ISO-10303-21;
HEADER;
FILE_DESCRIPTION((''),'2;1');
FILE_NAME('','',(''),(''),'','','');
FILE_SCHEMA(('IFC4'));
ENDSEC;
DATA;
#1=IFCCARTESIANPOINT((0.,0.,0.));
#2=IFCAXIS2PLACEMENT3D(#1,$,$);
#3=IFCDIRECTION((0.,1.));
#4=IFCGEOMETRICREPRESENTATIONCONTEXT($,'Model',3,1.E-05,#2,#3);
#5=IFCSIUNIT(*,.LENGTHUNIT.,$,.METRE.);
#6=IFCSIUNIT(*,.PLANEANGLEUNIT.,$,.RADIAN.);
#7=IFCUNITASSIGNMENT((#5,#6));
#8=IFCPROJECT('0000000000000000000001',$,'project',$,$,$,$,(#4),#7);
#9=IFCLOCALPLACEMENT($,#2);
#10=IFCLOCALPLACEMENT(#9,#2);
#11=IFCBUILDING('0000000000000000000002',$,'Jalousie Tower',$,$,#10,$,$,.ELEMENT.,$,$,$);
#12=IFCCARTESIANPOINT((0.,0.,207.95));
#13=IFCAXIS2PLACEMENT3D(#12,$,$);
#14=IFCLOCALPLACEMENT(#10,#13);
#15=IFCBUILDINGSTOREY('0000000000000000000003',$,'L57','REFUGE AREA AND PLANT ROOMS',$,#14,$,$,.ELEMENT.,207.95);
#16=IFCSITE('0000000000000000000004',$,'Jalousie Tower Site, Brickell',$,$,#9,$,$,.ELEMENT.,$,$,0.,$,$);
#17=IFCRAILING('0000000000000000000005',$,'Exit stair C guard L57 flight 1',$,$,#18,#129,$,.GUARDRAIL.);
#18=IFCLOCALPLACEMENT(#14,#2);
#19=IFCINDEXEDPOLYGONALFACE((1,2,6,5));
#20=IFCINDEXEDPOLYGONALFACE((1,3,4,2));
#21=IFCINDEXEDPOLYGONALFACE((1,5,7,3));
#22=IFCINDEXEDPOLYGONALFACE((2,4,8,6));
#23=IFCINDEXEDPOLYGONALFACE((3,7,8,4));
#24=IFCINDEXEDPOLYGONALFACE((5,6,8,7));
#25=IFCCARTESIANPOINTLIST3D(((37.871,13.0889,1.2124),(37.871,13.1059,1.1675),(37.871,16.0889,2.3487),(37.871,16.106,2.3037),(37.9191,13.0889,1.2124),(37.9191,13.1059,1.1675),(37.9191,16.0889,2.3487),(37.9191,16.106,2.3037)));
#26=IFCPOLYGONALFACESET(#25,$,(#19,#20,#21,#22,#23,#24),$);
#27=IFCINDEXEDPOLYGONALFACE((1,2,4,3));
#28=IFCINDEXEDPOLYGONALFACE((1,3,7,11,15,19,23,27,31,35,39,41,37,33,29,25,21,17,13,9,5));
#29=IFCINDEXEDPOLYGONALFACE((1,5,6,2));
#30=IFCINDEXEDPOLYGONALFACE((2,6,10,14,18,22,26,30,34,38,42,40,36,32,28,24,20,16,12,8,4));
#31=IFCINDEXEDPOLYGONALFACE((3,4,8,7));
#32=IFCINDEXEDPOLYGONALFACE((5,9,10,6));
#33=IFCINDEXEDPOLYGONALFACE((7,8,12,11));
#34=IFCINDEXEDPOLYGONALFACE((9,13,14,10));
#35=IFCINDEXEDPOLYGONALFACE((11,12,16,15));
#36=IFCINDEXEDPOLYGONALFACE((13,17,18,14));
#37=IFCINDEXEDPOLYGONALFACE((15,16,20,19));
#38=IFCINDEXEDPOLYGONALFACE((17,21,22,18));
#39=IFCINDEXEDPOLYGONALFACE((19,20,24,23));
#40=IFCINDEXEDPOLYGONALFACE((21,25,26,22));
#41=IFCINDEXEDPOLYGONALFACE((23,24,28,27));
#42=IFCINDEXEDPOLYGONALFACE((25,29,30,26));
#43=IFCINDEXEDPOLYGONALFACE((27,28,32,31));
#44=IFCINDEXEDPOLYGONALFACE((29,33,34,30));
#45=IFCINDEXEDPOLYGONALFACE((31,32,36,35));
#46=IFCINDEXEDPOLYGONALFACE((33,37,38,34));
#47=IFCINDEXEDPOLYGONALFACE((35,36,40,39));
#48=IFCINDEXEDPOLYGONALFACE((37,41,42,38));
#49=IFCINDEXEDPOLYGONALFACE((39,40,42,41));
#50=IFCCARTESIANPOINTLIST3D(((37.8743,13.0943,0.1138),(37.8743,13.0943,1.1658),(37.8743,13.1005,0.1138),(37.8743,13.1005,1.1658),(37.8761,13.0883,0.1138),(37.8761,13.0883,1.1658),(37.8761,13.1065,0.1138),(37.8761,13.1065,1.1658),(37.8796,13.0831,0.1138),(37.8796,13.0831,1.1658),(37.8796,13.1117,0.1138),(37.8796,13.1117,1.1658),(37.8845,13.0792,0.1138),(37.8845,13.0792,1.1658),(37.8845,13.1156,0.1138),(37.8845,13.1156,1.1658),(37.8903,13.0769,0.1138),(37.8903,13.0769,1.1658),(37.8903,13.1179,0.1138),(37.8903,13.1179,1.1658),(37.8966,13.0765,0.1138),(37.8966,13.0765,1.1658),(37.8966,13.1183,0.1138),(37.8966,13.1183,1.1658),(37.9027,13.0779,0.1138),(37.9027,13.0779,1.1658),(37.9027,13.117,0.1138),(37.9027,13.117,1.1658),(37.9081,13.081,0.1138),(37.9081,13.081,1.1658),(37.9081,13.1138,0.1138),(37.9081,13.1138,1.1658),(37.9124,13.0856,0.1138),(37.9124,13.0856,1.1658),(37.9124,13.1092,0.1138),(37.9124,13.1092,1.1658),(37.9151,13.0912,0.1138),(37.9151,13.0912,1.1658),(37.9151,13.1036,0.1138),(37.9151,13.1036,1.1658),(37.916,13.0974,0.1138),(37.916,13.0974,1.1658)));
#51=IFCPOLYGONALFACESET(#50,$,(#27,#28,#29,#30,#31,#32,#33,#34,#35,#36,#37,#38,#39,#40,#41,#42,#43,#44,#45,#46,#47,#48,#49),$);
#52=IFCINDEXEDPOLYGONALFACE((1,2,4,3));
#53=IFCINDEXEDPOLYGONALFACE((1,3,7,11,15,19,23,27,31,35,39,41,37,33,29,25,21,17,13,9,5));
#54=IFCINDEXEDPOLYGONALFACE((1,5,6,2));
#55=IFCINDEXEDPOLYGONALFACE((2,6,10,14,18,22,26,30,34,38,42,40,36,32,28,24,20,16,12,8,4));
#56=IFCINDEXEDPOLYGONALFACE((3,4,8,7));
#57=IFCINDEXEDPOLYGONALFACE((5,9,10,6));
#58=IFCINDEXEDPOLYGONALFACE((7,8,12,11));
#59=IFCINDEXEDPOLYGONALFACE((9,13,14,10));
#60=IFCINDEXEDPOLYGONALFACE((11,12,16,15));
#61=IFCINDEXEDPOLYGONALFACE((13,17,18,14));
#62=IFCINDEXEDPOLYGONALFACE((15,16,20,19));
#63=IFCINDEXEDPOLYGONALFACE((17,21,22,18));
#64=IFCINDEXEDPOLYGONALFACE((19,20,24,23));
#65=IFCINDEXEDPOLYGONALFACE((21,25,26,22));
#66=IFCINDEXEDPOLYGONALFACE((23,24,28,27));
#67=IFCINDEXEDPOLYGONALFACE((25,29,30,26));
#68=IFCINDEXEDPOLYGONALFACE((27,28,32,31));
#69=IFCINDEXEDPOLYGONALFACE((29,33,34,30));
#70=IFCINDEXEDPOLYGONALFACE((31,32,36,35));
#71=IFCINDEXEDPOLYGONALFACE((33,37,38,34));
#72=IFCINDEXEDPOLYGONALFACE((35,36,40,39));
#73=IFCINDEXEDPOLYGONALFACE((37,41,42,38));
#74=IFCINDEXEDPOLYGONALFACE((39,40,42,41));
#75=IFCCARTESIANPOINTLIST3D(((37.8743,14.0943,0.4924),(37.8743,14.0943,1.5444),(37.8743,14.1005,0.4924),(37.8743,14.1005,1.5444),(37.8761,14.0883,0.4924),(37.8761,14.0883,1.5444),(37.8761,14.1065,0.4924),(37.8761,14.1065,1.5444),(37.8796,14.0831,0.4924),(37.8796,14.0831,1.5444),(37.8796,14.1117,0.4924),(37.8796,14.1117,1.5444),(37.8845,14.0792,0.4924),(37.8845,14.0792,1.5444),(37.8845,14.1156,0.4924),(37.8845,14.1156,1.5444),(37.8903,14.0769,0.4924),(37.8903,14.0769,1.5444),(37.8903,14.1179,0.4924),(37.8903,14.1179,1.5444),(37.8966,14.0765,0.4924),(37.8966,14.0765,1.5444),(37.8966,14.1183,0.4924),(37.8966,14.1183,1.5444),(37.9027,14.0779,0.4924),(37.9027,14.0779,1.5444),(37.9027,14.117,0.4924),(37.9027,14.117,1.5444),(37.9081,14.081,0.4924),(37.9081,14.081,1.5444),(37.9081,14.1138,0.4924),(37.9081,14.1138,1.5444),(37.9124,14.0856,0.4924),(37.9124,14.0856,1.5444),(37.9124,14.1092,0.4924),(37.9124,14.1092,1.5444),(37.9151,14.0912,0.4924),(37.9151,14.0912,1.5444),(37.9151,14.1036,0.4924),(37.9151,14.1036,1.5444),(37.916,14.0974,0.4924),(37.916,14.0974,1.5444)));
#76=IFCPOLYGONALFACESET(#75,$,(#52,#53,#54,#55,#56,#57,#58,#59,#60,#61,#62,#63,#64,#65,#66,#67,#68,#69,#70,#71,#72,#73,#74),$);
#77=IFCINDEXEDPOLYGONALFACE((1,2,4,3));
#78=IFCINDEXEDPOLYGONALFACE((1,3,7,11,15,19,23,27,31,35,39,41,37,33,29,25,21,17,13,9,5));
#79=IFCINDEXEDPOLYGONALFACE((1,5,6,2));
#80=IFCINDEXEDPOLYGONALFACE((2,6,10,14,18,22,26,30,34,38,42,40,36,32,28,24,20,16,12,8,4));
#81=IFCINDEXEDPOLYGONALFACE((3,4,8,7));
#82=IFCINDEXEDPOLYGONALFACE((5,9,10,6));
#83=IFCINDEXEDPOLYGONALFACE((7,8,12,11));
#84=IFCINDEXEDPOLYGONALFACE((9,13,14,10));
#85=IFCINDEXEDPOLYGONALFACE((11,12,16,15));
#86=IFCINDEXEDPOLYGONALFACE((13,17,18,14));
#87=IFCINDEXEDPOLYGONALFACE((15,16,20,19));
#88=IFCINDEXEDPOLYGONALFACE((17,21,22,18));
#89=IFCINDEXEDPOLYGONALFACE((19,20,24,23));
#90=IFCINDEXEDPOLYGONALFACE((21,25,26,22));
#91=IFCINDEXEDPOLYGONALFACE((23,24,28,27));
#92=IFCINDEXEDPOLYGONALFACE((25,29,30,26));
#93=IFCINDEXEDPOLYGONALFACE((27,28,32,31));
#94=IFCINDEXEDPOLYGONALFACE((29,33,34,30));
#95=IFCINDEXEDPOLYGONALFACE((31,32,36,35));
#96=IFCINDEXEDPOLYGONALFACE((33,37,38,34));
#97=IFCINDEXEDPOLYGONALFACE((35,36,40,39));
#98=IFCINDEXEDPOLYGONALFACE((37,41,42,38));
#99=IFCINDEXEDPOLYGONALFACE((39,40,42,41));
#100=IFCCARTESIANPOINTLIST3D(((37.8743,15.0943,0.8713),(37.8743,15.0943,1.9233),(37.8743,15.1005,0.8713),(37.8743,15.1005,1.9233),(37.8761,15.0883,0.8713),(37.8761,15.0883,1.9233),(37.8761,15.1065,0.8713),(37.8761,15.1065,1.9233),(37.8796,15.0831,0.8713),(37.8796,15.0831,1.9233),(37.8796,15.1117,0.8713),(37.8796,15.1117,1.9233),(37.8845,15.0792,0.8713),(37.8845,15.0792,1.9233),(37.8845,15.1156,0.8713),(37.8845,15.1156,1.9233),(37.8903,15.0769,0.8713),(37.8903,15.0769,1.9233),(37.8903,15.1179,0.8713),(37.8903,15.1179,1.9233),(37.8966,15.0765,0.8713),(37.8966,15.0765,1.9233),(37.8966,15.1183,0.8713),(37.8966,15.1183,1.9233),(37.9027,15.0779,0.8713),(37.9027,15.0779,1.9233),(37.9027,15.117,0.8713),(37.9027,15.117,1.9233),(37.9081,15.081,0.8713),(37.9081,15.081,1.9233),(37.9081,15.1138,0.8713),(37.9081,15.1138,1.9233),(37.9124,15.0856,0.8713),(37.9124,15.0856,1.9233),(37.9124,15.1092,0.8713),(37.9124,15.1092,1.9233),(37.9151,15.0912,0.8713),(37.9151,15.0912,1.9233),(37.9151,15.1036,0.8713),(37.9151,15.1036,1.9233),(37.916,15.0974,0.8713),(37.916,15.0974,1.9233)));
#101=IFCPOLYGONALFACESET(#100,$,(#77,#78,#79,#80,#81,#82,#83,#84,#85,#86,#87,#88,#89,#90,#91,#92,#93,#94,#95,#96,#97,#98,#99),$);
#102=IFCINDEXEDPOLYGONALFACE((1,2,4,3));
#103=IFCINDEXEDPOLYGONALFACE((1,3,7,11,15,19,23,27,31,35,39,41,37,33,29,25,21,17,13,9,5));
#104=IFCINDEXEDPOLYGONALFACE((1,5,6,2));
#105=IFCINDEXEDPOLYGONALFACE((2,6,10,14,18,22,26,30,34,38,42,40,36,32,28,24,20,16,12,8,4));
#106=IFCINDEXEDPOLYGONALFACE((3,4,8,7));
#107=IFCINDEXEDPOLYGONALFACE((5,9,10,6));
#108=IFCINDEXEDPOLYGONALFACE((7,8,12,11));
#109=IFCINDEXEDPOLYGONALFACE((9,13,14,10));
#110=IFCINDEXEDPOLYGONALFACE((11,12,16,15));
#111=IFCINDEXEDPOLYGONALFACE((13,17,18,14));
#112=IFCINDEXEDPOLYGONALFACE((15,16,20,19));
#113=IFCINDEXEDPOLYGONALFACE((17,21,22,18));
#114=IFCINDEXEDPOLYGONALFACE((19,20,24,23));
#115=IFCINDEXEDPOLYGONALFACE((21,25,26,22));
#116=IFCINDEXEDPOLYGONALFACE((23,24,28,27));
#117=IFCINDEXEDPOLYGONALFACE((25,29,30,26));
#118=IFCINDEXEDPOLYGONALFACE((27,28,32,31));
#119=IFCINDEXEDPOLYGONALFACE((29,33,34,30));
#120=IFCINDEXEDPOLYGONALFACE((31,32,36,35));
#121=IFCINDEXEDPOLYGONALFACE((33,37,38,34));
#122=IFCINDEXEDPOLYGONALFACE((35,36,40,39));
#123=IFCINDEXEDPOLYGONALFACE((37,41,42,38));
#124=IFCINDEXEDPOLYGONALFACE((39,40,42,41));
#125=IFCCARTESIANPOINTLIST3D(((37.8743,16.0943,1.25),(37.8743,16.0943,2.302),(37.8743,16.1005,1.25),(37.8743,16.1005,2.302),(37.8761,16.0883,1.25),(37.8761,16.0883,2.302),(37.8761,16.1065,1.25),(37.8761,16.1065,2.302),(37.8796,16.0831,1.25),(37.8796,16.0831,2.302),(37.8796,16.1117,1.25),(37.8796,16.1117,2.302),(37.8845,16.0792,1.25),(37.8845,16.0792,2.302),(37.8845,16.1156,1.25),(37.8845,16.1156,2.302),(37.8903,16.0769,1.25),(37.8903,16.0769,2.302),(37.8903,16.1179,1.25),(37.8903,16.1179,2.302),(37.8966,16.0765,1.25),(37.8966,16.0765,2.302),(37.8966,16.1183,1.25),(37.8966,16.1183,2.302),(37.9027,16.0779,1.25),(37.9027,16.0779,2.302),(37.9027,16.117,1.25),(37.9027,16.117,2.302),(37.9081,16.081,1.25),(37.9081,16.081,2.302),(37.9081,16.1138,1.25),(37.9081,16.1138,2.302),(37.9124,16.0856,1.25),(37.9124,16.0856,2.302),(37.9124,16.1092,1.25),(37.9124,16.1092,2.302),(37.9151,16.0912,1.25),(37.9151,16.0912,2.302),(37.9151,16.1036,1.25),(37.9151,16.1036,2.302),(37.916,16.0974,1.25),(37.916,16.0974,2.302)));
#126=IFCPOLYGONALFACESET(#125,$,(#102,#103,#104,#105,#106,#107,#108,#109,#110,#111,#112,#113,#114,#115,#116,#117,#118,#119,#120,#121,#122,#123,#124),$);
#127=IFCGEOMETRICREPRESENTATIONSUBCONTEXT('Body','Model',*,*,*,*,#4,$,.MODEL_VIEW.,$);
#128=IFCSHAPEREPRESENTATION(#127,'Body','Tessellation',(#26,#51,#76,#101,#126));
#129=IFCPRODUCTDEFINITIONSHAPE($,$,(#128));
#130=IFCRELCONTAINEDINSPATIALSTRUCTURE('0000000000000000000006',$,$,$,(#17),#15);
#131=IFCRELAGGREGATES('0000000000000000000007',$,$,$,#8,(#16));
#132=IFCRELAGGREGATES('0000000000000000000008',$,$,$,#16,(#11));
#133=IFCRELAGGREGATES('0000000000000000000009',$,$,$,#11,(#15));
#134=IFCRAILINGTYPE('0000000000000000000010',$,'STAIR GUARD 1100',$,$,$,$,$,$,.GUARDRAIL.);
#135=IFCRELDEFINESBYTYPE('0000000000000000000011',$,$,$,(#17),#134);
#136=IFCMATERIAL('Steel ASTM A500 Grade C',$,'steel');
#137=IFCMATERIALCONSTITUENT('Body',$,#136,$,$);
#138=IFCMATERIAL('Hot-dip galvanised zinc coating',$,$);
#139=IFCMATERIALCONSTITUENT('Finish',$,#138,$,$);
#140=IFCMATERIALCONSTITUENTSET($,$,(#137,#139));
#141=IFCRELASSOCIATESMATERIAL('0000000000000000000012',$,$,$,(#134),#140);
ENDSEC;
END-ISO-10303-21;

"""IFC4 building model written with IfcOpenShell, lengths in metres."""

from ifc_helpers import new_model, si_unit, direction, frame, origin, origin_2d, place, context, subcontext, project, spatial, rectangle, circle, extrude, material, constituent, constituent_set, type_object, element, save


model = new_model("IFC4")

# Units and contexts
model_context = context("Model", 3, precision=1e-05, world=origin(), true_north=direction((0.0, 1.0)))
body_context = subcontext(model_context, "Body", "Model", "MODEL_VIEW")
ifc_project = project(units=[si_unit("LENGTHUNIT", "METRE"), si_unit("PLANEANGLEUNIT", "RADIAN")], contexts=[model_context])

# Site, building, storey
site_placement = place(None, origin())
site = spatial("IfcSite", under=ifc_project, at=site_placement, Name="Jalousie Tower Site, Brickell", CompositionType="ELEMENT", RefElevation=0.0)
building_placement = place(site_placement, origin())
building = spatial("IfcBuilding", under=site, at=building_placement, Name="Jalousie Tower", CompositionType="ELEMENT")
storey_placement = place(building_placement, frame((0.0, 0.0, 207.95)))
storey = spatial("IfcBuildingStorey", under=building, at=storey_placement, Name="L57", Description="REFUGE AREA AND PLANT ROOMS", CompositionType="ELEMENT", Elevation=207.95)

# Railing
ifc_material_1 = material(Name="Steel ASTM A500 Grade C", Category="steel")
ifc_constituent_1 = constituent(ifc_material_1, Name="Body")
ifc_material_2 = material(Name="Hot-dip galvanised zinc coating")
ifc_constituent_2 = constituent(ifc_material_2, Name="Finish")
ifc_constituent_set_1 = constituent_set(constituents=[ifc_constituent_1, ifc_constituent_2])
railing_type_1 = type_object("IfcRailingType", Name="STAIR GUARD 1100", PredefinedType="GUARDRAIL", material=ifc_constituent_set_1)
railing_1_placement = place(storey_placement, frame((37.895, 13.0974, 0.1138)))
element("IfcRailing", 1, at=railing_1_placement, inside=storey, type_object=railing_type_1, Name="Exit stair C guard L57 flight 1", PredefinedType="GUARDRAIL", context=body_context, shape_type="SweptSolid", body=[
    extrude(rectangle(XDim=0.0481, YDim=0.0481, at=origin_2d()), frame((0.0, 0.0, 1.0762), z_axis=(0.0, 0.935173, 0.354191), x_axis=(-1.0, 0.0, 0.0)), (0.0, 0.0, 1.0), 3.208),
    extrude(circle(Radius=0.021, at=origin_2d()), origin(), (0.0, 0.0, 1.0), 1.052),
    extrude(circle(Radius=0.021, at=origin_2d()), frame((0.0, 1.0, 0.3787)), (0.0, 0.0, 1.0), 1.052),
    extrude(circle(Radius=0.021, at=origin_2d()), frame((0.0, 2.0, 0.7576)), (0.0, 0.0, 1.0), 1.052),
    extrude(circle(Radius=0.021, at=origin_2d()), frame((0.0, 3.0, 1.1362)), (0.0, 0.0, 1.0), 1.052),
])

save(model, "model.ifc")
